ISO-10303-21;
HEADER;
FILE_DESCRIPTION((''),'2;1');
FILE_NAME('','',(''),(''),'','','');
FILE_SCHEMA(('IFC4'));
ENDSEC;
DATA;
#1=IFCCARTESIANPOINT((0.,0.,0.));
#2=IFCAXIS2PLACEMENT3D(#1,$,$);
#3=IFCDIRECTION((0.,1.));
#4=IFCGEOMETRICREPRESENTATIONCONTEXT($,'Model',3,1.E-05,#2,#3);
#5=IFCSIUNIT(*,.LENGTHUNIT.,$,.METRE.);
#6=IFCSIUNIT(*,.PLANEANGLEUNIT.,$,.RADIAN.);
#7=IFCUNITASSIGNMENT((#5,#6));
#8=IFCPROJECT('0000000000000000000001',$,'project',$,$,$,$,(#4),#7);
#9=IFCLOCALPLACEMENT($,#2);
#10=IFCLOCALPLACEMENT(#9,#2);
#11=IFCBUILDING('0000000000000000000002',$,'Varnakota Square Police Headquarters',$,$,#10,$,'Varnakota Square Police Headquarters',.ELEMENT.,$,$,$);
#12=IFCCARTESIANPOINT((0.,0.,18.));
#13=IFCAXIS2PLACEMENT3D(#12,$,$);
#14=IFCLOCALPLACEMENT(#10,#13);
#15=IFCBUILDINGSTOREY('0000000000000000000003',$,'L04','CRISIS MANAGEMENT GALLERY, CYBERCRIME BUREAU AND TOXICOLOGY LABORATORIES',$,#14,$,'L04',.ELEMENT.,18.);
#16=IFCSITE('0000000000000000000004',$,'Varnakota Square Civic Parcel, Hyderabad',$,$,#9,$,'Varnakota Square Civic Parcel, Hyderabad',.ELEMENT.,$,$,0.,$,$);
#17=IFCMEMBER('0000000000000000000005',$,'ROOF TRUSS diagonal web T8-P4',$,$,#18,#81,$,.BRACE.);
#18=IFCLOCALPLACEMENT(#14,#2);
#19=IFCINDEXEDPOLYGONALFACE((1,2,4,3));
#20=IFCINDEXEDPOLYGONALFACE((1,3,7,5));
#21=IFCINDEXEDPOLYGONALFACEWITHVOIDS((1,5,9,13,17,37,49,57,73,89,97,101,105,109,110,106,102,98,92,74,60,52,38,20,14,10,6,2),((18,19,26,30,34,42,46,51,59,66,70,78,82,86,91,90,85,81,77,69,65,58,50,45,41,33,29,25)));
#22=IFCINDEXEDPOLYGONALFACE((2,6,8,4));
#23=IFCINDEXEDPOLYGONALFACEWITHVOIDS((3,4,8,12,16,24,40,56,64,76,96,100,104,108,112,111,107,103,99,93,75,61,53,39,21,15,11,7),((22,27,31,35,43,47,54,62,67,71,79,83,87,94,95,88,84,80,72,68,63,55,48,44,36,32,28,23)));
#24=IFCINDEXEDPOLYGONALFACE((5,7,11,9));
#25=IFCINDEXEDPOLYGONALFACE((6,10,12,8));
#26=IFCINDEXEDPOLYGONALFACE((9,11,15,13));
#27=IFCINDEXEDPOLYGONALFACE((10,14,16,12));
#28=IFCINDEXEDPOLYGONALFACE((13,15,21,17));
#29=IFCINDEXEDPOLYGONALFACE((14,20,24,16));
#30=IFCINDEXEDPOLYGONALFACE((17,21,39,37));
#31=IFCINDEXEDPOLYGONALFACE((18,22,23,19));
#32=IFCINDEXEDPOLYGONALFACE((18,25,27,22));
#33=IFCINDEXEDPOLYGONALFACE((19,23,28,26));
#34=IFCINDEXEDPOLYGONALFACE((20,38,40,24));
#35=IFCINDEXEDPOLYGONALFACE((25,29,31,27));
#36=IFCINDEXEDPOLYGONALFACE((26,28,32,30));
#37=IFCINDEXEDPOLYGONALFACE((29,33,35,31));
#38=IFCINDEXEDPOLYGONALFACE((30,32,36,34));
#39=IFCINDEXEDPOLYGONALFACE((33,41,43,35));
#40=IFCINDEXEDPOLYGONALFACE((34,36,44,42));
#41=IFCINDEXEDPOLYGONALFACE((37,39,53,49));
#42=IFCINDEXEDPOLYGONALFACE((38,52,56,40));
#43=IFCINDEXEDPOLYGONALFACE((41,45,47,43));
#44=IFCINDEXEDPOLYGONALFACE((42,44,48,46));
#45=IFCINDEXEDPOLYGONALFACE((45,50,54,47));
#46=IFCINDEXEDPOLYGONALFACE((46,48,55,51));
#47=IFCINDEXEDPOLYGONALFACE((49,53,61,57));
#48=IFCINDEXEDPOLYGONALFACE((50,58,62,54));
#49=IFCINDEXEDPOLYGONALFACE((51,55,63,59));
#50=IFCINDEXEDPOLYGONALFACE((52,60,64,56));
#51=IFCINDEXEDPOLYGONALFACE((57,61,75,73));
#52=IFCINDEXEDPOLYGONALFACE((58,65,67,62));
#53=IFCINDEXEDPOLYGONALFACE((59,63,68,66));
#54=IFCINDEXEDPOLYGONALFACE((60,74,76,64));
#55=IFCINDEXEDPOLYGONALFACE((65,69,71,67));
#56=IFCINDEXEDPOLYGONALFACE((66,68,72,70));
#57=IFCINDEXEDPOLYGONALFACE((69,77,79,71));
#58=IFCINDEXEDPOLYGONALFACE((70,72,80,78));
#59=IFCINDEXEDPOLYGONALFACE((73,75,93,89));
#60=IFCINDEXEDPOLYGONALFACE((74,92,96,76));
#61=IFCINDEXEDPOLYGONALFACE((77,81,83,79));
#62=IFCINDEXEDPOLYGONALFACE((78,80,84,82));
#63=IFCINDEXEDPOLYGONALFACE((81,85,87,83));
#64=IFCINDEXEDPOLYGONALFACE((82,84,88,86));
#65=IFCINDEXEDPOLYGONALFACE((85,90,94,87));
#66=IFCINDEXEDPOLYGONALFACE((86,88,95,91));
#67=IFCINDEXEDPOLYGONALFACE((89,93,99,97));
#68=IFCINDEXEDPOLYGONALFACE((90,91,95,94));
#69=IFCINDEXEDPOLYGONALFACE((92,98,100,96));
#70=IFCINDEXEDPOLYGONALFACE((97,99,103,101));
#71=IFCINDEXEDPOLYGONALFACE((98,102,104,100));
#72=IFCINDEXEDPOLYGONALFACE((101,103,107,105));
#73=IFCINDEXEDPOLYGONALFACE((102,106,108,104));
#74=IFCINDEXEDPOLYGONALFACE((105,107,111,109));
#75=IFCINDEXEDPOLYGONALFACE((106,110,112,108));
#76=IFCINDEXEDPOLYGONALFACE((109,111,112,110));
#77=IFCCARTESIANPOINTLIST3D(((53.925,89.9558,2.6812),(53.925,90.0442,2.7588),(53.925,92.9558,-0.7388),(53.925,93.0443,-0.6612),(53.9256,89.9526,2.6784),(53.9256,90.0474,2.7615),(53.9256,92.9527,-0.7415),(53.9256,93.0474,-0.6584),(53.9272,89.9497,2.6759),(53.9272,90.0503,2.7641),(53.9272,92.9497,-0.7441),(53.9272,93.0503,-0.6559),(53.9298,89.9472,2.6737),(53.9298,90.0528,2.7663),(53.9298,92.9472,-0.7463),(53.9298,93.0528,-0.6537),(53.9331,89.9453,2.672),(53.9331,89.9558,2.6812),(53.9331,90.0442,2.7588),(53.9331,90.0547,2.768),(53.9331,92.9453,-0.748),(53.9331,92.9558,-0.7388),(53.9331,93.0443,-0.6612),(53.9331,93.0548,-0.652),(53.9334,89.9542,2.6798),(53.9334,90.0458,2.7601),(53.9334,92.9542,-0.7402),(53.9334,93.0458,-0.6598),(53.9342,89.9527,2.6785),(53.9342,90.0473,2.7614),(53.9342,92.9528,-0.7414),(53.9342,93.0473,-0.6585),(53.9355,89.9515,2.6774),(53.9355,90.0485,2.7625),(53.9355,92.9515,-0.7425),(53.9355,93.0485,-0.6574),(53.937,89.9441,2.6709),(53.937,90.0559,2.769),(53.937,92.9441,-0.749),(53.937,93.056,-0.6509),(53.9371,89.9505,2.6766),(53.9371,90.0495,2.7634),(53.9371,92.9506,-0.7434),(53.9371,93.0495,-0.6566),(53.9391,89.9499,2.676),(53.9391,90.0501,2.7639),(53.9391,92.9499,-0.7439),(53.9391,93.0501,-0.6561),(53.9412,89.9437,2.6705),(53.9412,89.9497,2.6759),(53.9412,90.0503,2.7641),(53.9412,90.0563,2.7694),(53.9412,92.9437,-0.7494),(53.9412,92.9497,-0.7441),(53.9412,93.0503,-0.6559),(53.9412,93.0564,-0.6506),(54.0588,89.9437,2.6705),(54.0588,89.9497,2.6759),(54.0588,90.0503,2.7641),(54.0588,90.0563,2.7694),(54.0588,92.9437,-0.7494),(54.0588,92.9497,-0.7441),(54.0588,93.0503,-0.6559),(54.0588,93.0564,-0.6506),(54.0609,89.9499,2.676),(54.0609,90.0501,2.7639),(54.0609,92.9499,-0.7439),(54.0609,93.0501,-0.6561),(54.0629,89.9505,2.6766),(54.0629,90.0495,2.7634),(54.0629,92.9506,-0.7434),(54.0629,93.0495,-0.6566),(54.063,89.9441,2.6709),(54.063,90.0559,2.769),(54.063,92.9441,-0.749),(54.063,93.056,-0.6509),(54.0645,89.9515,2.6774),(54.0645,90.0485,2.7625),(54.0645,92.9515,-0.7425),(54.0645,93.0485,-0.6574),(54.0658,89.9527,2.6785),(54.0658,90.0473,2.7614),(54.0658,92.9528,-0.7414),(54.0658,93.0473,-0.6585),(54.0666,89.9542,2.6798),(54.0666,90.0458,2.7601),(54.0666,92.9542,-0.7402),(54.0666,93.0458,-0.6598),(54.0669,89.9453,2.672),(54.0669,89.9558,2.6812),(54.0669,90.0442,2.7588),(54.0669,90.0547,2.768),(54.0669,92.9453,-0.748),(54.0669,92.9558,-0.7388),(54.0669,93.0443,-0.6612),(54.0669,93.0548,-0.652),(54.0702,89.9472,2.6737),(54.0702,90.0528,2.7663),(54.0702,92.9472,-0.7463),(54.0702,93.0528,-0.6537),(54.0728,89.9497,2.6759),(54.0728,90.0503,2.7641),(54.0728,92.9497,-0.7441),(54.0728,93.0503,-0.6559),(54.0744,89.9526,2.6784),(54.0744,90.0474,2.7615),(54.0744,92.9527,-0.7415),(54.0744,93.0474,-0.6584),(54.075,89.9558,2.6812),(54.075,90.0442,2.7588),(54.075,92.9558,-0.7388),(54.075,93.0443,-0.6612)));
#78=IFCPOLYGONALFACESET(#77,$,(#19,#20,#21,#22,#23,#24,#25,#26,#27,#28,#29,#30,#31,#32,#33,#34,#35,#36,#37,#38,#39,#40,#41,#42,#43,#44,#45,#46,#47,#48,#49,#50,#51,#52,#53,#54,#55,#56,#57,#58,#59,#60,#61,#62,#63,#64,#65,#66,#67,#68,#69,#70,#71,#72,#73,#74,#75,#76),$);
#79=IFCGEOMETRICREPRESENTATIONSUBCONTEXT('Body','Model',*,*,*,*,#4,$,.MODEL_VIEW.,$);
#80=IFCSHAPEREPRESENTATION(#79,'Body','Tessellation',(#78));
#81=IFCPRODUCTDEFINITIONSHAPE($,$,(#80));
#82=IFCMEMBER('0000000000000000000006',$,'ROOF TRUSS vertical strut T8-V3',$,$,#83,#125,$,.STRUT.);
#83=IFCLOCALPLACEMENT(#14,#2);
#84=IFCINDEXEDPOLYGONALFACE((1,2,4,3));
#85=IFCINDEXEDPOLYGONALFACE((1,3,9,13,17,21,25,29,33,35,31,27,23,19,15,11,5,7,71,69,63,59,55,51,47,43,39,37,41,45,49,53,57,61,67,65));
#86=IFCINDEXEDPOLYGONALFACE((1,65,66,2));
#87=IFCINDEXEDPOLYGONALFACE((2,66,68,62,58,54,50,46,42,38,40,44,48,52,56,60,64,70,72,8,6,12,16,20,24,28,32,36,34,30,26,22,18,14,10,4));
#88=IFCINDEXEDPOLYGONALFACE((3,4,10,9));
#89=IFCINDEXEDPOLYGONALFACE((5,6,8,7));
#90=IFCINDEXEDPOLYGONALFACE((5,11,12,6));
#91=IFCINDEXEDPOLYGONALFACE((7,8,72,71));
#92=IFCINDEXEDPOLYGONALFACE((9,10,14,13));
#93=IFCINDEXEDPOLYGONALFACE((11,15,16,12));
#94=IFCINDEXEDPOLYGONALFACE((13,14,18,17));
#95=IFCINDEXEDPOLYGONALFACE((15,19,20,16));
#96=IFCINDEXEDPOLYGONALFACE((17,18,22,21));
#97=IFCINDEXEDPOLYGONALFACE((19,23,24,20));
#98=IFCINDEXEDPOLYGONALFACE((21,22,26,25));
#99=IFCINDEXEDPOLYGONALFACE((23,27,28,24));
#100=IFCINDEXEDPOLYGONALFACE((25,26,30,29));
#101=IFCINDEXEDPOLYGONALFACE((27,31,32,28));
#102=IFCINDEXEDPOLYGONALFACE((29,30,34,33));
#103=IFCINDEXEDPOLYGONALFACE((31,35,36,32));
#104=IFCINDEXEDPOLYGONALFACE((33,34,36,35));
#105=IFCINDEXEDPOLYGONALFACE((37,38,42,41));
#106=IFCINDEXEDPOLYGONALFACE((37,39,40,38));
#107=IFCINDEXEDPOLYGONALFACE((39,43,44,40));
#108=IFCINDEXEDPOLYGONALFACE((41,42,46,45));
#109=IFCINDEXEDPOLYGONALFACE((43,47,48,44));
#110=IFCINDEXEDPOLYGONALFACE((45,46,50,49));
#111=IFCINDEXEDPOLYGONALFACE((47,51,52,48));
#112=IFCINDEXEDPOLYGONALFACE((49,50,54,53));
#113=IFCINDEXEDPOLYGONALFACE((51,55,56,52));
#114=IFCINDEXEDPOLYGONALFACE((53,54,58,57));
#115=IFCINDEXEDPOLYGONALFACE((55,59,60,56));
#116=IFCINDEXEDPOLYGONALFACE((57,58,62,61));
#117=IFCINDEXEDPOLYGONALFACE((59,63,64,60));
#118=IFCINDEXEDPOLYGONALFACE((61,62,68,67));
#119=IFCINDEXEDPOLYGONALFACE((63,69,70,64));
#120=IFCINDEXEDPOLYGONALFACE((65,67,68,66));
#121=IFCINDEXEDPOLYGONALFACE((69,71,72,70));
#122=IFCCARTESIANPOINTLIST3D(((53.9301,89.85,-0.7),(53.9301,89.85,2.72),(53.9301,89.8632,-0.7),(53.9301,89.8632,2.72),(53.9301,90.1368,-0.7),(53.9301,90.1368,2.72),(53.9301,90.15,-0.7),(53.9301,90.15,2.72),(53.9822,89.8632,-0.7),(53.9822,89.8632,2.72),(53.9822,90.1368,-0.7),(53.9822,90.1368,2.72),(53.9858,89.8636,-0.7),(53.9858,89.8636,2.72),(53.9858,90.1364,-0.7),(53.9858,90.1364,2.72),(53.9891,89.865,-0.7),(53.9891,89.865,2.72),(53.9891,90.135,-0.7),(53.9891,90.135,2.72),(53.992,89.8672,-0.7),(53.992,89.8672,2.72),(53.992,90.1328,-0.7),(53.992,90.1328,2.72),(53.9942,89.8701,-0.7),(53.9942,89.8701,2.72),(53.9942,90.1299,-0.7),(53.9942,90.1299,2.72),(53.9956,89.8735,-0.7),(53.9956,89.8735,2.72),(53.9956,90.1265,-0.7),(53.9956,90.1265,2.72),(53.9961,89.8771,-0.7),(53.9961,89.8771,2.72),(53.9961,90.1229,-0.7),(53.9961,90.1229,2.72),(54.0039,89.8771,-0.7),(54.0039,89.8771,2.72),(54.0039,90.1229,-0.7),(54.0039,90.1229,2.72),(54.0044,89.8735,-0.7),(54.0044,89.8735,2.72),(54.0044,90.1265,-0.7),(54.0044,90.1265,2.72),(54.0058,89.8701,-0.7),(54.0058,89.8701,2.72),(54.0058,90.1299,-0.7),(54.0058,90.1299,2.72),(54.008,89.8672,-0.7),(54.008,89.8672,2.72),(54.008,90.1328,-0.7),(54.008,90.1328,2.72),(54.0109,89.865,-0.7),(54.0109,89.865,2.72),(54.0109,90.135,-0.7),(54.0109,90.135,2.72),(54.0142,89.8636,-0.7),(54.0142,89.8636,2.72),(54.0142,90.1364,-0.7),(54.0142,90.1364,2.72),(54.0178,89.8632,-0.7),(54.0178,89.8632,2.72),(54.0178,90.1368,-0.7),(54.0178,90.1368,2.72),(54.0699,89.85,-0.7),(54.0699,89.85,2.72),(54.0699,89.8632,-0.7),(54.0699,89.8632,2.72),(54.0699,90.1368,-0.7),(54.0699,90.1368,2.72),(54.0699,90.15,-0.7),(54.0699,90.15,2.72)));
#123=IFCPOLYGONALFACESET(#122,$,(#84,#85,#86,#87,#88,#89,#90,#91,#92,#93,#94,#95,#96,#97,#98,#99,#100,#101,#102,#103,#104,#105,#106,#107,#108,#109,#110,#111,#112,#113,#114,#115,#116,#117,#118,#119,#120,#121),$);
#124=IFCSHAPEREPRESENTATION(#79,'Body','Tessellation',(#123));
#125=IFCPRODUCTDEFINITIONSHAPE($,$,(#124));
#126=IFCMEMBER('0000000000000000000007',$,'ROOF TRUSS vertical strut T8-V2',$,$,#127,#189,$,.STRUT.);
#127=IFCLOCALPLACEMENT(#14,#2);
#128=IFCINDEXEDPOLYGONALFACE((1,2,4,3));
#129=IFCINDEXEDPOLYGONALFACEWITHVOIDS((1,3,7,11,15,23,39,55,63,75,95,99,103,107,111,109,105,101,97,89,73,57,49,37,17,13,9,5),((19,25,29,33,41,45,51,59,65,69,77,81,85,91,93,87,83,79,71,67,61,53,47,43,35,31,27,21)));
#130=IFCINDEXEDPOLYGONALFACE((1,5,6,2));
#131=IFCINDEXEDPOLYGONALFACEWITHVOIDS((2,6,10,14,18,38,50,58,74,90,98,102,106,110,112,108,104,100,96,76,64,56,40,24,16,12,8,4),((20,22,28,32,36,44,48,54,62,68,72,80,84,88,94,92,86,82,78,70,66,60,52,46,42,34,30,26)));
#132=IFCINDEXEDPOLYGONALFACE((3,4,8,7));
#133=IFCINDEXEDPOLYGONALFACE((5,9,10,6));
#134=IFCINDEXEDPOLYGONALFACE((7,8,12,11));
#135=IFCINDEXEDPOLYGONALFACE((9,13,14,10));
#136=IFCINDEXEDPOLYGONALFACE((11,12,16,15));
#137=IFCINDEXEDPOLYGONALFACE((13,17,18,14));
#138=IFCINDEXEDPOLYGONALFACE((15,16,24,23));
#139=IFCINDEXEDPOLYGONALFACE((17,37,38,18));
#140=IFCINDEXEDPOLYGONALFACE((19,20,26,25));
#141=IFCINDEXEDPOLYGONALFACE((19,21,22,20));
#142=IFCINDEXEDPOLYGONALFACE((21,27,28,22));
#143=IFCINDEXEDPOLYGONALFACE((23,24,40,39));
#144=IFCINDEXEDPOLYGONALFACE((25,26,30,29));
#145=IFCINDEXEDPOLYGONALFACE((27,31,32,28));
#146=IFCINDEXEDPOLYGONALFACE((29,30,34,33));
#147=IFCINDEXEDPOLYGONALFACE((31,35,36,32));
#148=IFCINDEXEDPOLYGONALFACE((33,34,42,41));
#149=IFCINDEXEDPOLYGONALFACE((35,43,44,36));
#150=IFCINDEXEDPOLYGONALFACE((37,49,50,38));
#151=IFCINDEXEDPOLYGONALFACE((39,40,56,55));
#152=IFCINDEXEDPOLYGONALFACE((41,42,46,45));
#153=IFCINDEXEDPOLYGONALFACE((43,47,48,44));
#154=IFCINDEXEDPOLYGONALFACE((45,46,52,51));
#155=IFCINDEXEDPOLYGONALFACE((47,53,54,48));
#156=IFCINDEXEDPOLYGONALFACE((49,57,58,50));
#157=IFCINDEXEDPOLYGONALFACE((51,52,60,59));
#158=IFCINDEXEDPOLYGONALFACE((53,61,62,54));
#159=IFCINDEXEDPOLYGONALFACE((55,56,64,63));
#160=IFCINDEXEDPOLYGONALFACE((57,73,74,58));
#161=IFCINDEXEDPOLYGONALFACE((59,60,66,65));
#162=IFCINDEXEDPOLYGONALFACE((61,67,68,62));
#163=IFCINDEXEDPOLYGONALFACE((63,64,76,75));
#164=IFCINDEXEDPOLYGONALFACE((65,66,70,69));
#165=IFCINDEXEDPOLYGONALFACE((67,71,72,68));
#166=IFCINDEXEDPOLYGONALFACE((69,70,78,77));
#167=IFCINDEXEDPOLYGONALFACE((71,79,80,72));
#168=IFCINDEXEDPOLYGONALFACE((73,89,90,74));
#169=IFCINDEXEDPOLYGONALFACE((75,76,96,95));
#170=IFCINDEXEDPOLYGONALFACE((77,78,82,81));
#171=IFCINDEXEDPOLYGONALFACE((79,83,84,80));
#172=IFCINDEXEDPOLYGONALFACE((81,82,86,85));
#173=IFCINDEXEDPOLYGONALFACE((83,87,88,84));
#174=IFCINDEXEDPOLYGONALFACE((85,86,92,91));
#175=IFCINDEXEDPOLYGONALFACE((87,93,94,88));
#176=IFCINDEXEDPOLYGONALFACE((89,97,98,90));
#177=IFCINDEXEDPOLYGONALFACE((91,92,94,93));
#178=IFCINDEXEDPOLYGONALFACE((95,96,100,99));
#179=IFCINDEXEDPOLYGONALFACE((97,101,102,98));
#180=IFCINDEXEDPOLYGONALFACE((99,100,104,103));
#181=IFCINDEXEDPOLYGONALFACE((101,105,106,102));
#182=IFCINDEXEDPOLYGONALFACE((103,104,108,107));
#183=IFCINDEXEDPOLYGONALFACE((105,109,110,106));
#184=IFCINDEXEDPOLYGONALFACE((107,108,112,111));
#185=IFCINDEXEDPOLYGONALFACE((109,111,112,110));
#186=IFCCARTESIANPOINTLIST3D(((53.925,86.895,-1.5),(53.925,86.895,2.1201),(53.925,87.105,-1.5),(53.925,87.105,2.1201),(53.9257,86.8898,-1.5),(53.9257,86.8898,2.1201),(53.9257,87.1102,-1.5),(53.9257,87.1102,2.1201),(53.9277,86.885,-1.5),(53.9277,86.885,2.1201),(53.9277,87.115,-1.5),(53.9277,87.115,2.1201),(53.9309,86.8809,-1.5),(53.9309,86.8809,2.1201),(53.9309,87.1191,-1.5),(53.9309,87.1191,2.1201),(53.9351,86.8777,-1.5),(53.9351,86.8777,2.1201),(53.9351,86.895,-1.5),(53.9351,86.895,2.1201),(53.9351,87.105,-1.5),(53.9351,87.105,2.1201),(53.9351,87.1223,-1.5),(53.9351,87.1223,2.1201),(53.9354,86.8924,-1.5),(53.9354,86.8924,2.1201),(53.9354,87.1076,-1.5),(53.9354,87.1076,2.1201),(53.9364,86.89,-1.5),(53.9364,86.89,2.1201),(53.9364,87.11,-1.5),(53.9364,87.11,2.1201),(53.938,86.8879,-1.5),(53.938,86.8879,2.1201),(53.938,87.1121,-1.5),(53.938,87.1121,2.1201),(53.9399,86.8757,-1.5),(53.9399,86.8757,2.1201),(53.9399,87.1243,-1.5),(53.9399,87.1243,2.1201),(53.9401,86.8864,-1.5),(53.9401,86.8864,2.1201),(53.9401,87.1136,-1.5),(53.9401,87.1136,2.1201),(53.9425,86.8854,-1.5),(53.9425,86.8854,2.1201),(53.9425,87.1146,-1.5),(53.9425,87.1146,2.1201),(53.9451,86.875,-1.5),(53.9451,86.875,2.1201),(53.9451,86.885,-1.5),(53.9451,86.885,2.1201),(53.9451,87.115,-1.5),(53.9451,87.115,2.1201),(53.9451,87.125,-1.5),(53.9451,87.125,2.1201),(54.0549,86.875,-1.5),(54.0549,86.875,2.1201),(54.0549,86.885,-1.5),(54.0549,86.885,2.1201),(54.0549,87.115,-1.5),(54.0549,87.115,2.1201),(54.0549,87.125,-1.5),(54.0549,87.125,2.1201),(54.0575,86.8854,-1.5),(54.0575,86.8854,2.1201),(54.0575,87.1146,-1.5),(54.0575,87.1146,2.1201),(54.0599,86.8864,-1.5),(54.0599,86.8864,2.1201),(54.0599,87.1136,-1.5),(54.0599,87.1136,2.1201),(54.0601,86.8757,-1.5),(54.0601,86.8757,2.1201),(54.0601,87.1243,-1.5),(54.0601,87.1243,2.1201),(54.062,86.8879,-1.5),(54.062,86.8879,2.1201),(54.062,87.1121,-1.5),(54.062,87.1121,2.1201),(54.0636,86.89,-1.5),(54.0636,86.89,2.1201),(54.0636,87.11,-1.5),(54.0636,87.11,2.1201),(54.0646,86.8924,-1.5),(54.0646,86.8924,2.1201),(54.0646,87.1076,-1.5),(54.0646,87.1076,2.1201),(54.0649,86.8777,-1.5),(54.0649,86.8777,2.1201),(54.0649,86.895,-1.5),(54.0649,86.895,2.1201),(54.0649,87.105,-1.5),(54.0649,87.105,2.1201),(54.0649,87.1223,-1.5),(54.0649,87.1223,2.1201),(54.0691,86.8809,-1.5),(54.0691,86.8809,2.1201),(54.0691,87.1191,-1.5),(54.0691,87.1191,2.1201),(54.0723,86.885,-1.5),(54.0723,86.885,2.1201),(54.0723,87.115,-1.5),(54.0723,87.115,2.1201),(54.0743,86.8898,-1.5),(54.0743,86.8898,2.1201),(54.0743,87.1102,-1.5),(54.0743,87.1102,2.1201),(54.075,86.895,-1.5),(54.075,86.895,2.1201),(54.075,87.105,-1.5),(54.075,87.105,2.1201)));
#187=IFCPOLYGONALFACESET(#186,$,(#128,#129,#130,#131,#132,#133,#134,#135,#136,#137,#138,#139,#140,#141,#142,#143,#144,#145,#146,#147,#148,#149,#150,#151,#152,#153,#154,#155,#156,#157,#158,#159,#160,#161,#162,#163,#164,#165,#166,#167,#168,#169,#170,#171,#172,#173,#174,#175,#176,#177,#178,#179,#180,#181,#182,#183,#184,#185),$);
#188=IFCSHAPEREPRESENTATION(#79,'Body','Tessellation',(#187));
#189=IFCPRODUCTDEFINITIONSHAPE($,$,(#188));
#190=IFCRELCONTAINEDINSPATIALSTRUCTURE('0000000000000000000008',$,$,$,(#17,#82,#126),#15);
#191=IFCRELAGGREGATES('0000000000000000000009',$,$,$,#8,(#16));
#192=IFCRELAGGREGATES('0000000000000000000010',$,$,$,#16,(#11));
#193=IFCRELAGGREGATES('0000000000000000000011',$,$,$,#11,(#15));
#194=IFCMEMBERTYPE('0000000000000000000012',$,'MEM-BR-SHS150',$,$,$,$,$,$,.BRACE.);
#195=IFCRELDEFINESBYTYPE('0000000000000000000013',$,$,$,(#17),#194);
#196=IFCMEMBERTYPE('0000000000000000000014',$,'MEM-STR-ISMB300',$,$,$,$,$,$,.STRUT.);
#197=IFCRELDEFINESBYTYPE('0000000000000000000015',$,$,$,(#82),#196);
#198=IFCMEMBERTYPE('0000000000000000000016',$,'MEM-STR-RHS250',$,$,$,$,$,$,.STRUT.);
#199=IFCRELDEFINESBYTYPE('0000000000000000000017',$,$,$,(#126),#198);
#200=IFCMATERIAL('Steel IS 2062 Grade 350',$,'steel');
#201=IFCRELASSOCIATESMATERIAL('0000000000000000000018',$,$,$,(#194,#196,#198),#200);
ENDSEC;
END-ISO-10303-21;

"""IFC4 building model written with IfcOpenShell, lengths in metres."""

from ifc_helpers import new_model, si_unit, direction, frame, origin, origin_2d, place, context, subcontext, project, spatial, hollow_rectangle, i_section, extrude, material, material_profile, profile_set, type_object, element, save


model = new_model("IFC4")

# Units and contexts
model_context = context("Model", 3, precision=1e-05, world=origin(), true_north=direction((0.0, 1.0)))
body_context = subcontext(model_context, "Body", "Model", "MODEL_VIEW")
ifc_project = project(units=[si_unit("LENGTHUNIT", "METRE"), si_unit("PLANEANGLEUNIT", "RADIAN")], contexts=[model_context])

# Site, building, storey
site_placement = place(None, origin())
site = spatial("IfcSite", under=ifc_project, at=site_placement, Name="Varnakota Square Civic Parcel, Hyderabad", LongName="Varnakota Square Civic Parcel, Hyderabad", CompositionType="ELEMENT", RefElevation=0.0)
building_placement = place(site_placement, origin())
building = spatial("IfcBuilding", under=site, at=building_placement, Name="Varnakota Square Police Headquarters", LongName="Varnakota Square Police Headquarters", CompositionType="ELEMENT")
storey_placement = place(building_placement, frame((0.0, 0.0, 18.0)))
storey = spatial("IfcBuildingStorey", under=building, at=storey_placement, Name="L04", Description="CRISIS MANAGEMENT GALLERY, CYBERCRIME BUREAU AND TOXICOLOGY LABORATORIES", LongName="L04", CompositionType="ELEMENT", Elevation=18.0)

# Shared definitions
ifc_material_1 = material(Name="Steel IS 2062 Grade 350", Category="steel")

# Members
ifc_material_profile_1 = material_profile(ifc_material_1, hollow_rectangle(XDim=0.1499, YDim=0.1499, WallThickness=0.0081, InnerFilletRadius=0.0081, OuterFilletRadius=0.0161, at=origin_2d()), Name="SHS 150x150x8")
ifc_profile_set_1 = profile_set([ifc_material_profile_1], Name="Steel IS 2062 Grade 350")
member_type_1 = type_object("IfcMemberType", Name="MEM-BR-SHS150", PredefinedType="BRACE", material=ifc_profile_set_1)
member_1_placement = place(storey_placement, frame((54.0, 90.0, 2.72), z_axis=(0.0, 0.659446, -0.751752), x_axis=(-1.0, 0.0, 0.0)))
element("IfcMember", 1, at=member_1_placement, inside=storey, type_object=member_type_1, Name="ROOF TRUSS diagonal web T8-P4", PredefinedType="BRACE", context=body_context, shape_type="SweptSolid", body=[
    extrude(hollow_rectangle(XDim=0.1499, YDim=0.1499, WallThickness=0.0081, InnerFilletRadius=0.0081, OuterFilletRadius=0.0161, at=origin_2d()), origin(), (0.0, 0.0, 1.0), 4.5493),
])
ifc_material_profile_2 = material_profile(ifc_material_1, i_section(OverallWidth=0.1399, OverallDepth=0.3, WebThickness=0.0078, FlangeThickness=0.0132, FilletRadius=0.0139, at=origin_2d()), Name="ISMB 300")
ifc_profile_set_2 = profile_set([ifc_material_profile_2], Name="Steel IS 2062 Grade 350")
member_type_2 = type_object("IfcMemberType", Name="MEM-STR-ISMB300", PredefinedType="STRUT", material=ifc_profile_set_2)
member_2_placement = place(storey_placement, frame((54.0, 90.0, -0.7), z_axis=(0.0, 0.0, 1.0), x_axis=(1.0, 0.0, 0.0)))
element("IfcMember", 2, at=member_2_placement, inside=storey, type_object=member_type_2, Name="ROOF TRUSS vertical strut T8-V3", PredefinedType="STRUT", context=body_context, shape_type="SweptSolid", body=[
    extrude(i_section(OverallWidth=0.1399, OverallDepth=0.3, WebThickness=0.0078, FlangeThickness=0.0132, FilletRadius=0.0139, at=origin_2d()), origin(), (0.0, 0.0, 1.0), 3.4199),
])
ifc_material_profile_3 = material_profile(ifc_material_1, hollow_rectangle(XDim=0.1499, YDim=0.25, WallThickness=0.01, InnerFilletRadius=0.01, OuterFilletRadius=0.02, at=origin_2d()), Name="RHS 250x150x10")
ifc_profile_set_3 = profile_set([ifc_material_profile_3], Name="Steel IS 2062 Grade 350")
member_type_3 = type_object("IfcMemberType", Name="MEM-STR-RHS250", PredefinedType="STRUT", material=ifc_profile_set_3)
member_3_placement = place(storey_placement, frame((54.0, 87.0, -1.5), z_axis=(0.0, 0.0, 1.0), x_axis=(1.0, 0.0, 0.0)))
element("IfcMember", 3, at=member_3_placement, inside=storey, type_object=member_type_3, Name="ROOF TRUSS vertical strut T8-V2", PredefinedType="STRUT", context=body_context, shape_type="SweptSolid", body=[
    extrude(hollow_rectangle(XDim=0.1499, YDim=0.25, WallThickness=0.01, InnerFilletRadius=0.01, OuterFilletRadius=0.02, at=origin_2d()), origin(), (0.0, 0.0, 1.0), 3.6201),
])

save(model, "model.ifc")
